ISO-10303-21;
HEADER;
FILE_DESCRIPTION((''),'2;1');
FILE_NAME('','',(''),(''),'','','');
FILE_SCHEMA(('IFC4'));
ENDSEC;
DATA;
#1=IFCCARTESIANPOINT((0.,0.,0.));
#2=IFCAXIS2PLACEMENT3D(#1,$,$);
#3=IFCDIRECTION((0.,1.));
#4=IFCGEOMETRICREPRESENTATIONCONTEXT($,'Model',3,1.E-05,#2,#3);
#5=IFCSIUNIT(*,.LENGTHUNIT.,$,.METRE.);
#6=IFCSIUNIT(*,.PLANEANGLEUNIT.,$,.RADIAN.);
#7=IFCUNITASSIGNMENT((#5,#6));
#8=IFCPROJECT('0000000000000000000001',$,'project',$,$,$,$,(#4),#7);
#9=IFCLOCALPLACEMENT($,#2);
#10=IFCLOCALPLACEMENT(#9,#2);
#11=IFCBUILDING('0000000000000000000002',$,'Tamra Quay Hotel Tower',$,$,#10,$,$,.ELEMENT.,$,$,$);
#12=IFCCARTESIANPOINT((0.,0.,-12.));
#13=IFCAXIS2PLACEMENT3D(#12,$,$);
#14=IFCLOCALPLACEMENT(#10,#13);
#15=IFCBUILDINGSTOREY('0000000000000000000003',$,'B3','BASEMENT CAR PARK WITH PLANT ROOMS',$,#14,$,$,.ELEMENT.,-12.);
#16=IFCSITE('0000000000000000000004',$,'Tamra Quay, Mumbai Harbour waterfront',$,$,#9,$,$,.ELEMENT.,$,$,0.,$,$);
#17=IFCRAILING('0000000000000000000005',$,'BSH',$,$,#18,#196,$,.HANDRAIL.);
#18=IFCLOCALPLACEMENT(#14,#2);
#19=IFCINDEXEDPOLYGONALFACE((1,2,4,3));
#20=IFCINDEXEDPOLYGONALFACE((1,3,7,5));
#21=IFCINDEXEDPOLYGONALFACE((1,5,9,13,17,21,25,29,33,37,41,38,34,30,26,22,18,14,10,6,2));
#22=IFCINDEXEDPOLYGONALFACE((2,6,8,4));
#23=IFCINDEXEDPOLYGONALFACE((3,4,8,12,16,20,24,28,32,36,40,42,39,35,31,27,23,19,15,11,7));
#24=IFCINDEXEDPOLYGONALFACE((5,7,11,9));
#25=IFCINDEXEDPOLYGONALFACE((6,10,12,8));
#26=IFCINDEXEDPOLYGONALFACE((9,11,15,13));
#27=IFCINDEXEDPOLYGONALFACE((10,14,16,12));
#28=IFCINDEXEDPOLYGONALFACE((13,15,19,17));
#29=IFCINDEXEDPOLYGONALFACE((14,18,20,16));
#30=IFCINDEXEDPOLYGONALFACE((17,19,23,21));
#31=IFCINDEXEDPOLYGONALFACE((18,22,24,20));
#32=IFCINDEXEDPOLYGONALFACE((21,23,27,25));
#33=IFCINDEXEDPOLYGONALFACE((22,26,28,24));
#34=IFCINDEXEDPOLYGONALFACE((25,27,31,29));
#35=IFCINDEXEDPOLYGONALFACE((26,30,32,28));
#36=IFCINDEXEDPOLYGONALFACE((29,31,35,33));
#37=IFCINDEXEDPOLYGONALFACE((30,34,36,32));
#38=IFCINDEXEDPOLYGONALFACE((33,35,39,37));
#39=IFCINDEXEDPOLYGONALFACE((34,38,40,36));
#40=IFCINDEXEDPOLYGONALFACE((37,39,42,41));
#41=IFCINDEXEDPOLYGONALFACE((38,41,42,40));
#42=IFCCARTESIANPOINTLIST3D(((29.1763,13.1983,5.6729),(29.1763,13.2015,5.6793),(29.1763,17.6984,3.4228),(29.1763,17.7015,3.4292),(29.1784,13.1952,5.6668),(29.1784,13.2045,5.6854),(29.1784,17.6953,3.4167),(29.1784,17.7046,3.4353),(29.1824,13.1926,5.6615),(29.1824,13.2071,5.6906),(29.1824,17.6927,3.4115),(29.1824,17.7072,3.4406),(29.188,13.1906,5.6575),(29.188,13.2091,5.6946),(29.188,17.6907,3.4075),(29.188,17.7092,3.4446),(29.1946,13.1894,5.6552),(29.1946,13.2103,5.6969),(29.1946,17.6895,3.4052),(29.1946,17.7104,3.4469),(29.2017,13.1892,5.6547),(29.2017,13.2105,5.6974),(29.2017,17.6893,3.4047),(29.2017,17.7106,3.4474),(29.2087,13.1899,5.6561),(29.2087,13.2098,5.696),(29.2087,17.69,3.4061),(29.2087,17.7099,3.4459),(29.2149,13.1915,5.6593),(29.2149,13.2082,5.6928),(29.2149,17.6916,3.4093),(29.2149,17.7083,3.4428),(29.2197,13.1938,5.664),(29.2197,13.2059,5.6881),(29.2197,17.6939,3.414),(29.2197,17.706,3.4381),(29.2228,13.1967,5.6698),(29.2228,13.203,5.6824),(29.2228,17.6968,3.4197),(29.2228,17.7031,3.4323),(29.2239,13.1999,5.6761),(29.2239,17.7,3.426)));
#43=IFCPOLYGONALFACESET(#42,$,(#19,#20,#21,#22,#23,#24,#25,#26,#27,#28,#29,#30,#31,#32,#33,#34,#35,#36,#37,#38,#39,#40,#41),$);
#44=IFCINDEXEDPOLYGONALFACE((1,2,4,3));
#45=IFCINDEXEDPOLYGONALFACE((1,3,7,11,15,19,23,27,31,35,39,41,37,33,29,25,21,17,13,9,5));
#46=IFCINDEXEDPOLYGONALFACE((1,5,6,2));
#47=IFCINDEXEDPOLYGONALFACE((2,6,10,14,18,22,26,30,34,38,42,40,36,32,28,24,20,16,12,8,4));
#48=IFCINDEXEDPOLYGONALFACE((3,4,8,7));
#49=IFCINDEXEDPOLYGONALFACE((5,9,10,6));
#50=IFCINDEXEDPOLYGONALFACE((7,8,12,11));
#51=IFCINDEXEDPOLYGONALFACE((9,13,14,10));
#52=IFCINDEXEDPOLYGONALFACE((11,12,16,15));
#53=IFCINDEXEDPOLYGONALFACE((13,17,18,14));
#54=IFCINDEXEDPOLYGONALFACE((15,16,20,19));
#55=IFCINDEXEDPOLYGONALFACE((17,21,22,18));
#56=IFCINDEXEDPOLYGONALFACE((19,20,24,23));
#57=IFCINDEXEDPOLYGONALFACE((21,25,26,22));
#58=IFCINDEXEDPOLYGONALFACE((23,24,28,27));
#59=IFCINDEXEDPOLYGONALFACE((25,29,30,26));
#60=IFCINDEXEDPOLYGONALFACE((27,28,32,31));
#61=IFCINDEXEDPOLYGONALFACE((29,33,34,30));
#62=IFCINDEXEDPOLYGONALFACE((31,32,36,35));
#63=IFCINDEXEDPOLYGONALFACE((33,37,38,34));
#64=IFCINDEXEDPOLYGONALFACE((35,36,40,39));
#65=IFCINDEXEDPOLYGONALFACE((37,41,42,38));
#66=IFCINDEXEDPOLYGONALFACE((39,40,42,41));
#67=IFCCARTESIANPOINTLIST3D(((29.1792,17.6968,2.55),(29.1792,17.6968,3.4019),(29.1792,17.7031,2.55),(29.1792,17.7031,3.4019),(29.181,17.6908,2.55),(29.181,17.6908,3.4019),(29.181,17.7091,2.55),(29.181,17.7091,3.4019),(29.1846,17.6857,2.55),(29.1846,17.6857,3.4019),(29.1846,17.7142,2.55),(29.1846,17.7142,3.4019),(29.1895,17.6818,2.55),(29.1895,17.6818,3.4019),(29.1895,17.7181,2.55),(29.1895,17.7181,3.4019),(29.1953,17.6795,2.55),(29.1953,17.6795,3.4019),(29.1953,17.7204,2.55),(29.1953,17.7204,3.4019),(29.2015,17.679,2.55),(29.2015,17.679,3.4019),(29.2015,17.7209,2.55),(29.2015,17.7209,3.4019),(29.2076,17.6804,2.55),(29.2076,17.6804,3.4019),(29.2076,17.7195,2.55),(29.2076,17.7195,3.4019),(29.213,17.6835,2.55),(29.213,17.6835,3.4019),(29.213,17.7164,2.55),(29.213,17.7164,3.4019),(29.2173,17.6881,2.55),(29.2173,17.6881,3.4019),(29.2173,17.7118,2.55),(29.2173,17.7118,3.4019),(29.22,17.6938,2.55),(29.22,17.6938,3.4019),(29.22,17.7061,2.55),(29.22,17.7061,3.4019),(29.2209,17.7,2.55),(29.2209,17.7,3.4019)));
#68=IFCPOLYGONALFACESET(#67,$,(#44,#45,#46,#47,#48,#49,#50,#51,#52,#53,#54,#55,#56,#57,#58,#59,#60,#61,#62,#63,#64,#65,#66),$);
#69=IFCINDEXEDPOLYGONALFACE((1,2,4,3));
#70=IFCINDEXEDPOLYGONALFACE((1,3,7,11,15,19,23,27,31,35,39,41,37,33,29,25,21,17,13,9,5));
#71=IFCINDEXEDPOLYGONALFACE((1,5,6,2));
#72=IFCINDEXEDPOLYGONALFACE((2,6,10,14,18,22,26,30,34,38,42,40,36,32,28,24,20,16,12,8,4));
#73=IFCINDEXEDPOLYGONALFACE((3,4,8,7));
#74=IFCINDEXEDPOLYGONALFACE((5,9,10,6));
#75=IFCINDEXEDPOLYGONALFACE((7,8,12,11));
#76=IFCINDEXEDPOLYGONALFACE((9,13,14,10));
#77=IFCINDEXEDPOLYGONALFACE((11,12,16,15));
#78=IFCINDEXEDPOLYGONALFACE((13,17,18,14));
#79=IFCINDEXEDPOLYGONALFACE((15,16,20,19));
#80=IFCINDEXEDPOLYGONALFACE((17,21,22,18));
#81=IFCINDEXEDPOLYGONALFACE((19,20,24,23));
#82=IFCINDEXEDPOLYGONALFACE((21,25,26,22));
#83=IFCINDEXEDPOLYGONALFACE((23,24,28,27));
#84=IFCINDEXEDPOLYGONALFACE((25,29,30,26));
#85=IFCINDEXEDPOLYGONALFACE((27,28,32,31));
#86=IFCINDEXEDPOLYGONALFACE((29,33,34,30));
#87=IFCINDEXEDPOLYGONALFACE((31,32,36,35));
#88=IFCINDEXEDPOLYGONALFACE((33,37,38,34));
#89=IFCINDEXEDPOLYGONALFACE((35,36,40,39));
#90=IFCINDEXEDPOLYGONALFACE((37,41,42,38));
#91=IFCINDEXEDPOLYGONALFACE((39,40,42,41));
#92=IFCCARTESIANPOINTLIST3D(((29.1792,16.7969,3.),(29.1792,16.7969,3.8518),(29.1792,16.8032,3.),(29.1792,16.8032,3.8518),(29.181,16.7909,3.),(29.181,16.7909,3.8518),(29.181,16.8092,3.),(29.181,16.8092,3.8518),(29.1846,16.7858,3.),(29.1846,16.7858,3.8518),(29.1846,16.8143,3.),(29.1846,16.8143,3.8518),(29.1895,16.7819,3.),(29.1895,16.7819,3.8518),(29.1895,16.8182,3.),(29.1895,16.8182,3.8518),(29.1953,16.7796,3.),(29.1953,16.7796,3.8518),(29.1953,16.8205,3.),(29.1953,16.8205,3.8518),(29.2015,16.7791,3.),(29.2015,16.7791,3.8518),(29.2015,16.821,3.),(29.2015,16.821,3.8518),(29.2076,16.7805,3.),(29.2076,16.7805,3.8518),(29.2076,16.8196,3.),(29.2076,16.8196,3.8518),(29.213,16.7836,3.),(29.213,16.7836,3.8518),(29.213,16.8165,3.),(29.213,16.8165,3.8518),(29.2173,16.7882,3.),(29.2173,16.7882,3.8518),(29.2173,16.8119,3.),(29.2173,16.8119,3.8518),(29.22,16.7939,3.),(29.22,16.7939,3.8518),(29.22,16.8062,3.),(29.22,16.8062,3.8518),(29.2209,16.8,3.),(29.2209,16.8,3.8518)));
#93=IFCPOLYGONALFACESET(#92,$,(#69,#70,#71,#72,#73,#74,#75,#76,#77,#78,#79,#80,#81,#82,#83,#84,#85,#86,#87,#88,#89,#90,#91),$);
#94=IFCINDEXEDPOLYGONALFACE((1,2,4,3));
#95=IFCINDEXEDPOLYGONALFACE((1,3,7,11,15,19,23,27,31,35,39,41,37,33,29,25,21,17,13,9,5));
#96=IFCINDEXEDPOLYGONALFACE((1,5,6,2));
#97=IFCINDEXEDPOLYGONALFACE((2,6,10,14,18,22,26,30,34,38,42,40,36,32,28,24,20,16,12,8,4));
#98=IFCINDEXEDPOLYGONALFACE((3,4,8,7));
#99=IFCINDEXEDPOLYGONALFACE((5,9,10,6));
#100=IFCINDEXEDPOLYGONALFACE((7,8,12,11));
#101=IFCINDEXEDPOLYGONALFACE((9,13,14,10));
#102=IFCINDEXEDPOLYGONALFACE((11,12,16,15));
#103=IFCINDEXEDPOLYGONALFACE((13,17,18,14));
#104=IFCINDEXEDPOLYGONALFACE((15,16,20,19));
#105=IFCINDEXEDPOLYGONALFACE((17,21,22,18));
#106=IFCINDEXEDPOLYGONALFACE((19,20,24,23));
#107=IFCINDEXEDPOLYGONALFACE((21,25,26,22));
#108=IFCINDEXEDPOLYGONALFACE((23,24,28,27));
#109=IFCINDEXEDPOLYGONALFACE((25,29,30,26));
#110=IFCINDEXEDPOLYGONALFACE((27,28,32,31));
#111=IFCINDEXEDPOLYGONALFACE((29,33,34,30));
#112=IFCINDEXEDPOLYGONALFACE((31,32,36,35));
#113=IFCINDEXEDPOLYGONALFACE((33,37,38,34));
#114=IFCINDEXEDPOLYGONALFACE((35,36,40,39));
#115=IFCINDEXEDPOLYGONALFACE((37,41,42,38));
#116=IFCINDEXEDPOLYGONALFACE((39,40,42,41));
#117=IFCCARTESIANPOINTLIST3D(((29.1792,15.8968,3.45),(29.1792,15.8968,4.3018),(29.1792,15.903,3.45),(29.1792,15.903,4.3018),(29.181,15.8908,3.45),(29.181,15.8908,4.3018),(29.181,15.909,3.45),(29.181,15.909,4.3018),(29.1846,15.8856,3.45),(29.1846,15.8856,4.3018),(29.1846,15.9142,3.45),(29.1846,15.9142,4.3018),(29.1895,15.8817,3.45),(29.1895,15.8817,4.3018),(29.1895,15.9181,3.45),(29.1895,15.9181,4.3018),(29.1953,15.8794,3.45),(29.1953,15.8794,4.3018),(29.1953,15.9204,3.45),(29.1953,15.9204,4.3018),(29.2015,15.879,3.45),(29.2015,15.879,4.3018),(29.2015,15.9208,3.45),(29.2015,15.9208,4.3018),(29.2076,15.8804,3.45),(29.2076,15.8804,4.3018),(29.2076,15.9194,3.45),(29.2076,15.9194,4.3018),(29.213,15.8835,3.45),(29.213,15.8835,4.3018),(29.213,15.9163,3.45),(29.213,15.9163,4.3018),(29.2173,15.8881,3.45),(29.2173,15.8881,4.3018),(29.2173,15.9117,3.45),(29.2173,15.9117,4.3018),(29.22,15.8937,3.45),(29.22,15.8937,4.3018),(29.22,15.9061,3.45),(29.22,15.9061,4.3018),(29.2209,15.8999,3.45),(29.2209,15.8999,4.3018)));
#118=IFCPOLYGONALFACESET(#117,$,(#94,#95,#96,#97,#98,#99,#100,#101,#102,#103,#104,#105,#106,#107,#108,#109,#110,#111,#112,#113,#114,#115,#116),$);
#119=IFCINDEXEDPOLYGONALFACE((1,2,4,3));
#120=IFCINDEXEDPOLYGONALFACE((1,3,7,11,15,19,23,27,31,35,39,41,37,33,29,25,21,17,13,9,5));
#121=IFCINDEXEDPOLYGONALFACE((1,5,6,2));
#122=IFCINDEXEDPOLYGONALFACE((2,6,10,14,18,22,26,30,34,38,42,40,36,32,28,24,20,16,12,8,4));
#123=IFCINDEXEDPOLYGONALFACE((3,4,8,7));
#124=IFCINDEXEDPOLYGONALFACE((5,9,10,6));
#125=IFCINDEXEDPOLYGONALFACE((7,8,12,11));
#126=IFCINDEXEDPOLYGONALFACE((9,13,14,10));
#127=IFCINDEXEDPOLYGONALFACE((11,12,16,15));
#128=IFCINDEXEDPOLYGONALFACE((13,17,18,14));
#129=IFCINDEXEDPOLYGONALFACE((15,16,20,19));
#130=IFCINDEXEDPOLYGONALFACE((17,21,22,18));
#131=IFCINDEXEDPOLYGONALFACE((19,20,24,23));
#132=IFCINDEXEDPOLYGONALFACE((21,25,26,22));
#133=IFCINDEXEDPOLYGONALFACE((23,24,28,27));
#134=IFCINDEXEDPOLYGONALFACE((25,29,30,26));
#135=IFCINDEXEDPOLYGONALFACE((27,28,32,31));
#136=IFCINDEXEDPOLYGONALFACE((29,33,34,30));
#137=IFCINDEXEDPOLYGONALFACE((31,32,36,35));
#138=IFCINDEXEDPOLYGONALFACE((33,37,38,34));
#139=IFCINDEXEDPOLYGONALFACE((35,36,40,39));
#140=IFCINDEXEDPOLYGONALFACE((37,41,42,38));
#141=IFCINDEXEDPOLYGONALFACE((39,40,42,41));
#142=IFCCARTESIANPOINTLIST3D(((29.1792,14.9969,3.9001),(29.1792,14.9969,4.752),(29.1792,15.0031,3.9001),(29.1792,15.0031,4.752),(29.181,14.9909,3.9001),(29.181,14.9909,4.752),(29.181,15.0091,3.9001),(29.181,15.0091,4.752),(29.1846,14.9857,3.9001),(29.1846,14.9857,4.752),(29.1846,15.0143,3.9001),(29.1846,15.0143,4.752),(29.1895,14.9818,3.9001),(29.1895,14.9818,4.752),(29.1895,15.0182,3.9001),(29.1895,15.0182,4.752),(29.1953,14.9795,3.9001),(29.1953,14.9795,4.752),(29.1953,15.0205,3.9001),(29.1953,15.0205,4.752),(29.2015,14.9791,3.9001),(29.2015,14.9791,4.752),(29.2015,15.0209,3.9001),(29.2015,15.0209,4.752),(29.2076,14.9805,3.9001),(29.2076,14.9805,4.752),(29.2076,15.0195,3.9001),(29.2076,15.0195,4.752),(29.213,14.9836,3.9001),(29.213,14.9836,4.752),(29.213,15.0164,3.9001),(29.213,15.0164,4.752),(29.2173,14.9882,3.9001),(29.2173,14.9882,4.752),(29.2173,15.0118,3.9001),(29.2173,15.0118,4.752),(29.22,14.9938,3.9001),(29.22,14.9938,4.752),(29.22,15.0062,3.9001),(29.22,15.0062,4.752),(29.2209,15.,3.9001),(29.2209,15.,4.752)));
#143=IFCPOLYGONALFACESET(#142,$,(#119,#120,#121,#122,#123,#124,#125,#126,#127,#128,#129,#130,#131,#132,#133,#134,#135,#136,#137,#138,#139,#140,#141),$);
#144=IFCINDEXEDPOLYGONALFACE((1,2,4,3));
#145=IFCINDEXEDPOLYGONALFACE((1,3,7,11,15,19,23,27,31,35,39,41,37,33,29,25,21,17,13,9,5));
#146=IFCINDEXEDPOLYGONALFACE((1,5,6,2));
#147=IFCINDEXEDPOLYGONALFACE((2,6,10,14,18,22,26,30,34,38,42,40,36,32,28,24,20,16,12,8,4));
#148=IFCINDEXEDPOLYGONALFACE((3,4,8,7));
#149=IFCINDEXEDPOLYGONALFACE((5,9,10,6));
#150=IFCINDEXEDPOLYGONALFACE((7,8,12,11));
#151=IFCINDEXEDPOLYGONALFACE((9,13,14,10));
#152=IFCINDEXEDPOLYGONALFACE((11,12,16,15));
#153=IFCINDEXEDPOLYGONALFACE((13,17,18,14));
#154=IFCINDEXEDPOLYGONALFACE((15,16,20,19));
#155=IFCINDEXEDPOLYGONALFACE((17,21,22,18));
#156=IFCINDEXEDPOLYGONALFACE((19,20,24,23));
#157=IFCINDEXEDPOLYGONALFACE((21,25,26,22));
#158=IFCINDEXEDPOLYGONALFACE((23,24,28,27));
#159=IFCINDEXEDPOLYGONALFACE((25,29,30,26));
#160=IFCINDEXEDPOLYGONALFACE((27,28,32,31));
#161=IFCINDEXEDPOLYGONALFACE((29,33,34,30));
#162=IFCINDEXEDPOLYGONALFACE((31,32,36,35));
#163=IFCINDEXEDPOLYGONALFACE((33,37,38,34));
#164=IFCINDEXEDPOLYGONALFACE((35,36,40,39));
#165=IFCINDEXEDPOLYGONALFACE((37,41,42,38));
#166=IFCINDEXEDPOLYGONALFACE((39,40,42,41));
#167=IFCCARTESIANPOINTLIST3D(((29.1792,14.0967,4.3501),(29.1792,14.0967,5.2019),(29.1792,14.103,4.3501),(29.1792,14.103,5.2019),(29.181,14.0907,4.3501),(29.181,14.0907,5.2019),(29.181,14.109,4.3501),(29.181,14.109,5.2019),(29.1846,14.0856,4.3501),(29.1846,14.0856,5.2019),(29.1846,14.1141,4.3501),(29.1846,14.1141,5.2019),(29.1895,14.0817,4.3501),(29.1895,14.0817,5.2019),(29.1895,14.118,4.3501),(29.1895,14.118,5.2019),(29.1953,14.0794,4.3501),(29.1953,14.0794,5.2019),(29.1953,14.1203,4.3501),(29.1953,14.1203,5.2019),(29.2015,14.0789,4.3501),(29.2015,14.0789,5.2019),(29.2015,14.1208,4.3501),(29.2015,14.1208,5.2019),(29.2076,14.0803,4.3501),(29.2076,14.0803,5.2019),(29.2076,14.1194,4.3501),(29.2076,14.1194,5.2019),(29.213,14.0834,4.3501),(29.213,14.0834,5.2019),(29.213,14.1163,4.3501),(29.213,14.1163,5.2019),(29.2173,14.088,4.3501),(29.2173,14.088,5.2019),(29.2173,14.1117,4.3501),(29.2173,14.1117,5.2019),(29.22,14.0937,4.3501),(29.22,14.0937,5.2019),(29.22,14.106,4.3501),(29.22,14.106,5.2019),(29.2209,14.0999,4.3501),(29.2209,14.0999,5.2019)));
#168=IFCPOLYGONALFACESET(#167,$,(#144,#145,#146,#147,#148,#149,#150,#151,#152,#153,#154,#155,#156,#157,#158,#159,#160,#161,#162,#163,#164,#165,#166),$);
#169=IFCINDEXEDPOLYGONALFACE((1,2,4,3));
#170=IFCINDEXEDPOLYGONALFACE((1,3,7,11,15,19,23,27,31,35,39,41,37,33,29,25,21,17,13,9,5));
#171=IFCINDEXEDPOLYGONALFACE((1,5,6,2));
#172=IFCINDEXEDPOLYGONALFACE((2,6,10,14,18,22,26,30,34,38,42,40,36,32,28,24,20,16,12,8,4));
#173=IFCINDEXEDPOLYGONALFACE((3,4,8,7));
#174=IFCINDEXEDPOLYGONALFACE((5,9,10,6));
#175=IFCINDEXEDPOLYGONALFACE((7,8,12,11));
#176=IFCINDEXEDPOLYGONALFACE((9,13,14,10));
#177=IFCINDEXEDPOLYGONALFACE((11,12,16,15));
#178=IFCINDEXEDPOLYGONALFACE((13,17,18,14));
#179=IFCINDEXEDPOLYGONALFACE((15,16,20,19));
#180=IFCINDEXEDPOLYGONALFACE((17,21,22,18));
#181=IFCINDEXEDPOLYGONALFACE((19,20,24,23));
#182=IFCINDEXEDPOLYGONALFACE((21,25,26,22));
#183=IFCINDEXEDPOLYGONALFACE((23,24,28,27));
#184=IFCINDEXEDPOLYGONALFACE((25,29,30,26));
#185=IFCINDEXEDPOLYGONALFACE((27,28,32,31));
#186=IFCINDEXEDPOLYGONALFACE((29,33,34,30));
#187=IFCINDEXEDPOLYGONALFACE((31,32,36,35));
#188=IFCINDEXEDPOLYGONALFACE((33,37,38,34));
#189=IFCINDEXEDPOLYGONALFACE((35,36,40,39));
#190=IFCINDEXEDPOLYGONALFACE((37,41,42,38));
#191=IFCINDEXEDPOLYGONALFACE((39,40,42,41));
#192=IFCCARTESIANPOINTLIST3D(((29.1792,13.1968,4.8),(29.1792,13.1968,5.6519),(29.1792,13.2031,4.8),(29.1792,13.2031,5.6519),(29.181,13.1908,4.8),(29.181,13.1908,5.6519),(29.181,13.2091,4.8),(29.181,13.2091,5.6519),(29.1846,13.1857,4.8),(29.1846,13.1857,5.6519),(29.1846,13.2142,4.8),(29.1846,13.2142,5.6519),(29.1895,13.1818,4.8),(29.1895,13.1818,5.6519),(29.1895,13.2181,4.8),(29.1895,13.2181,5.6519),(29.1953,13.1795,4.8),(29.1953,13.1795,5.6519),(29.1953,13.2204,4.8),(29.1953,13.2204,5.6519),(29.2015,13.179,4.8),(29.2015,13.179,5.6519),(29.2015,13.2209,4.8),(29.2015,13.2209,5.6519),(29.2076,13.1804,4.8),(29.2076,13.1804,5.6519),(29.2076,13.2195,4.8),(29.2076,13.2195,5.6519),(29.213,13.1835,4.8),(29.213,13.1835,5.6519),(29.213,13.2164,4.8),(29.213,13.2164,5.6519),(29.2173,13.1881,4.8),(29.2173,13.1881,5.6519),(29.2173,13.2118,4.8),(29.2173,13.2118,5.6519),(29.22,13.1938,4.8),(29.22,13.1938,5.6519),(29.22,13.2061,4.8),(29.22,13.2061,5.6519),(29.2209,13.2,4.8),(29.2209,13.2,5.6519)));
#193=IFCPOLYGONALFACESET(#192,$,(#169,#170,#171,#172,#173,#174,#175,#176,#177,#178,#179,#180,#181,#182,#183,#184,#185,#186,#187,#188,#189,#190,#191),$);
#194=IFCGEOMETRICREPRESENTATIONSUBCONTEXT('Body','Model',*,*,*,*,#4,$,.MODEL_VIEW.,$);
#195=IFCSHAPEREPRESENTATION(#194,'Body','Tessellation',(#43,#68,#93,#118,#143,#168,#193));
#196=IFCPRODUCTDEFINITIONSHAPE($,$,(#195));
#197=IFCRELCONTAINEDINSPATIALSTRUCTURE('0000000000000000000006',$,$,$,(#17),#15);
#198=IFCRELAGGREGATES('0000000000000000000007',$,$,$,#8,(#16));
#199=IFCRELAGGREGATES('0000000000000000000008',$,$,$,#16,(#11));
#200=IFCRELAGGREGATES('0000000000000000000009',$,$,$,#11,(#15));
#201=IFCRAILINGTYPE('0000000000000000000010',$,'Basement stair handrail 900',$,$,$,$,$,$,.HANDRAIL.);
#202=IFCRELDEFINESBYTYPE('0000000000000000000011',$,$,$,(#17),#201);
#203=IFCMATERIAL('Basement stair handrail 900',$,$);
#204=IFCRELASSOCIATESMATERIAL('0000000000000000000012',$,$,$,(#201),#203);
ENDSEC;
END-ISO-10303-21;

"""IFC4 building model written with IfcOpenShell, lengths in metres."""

from ifc_helpers import new_model, si_unit, direction, frame, origin, origin_2d, place, context, subcontext, project, spatial, circle, extrude, material, type_object, element, save


model = new_model("IFC4")

# Units and contexts
model_context = context("Model", 3, precision=1e-05, world=origin(), true_north=direction((0.0, 1.0)))
body_context = subcontext(model_context, "Body", "Model", "MODEL_VIEW")
ifc_project = project(units=[si_unit("LENGTHUNIT", "METRE"), si_unit("PLANEANGLEUNIT", "RADIAN")], contexts=[model_context])

# Site, building, storey
site_placement = place(None, origin())
site = spatial("IfcSite", under=ifc_project, at=site_placement, Name="Tamra Quay, Mumbai Harbour waterfront", CompositionType="ELEMENT", RefElevation=0.0)
building_placement = place(site_placement, origin())
building = spatial("IfcBuilding", under=site, at=building_placement, Name="Tamra Quay Hotel Tower", CompositionType="ELEMENT")
storey_placement = place(building_placement, frame((0.0, 0.0, -12.0)))
storey = spatial("IfcBuildingStorey", under=building, at=storey_placement, Name="B3", Description="BASEMENT CAR PARK WITH PLANT ROOMS", CompositionType="ELEMENT", Elevation=-12.0)

# Railing
ifc_material_1 = material(Name="Basement stair handrail 900")
railing_type_1 = type_object("IfcRailingType", Name="Basement stair handrail 900", PredefinedType="HANDRAIL", material=ifc_material_1)
railing_1_placement = place(storey_placement, frame((29.2, 17.7, 2.55)))
element("IfcRailing", 1, at=railing_1_placement, inside=storey, type_object=railing_type_1, Name="BSH", PredefinedType="HANDRAIL", context=body_context, shape_type="SweptSolid", body=[
    extrude(circle(Radius=0.0239, at=origin_2d()), frame((0.0, 0.0, 0.876), z_axis=(0.0, -0.894427, 0.447214), x_axis=(1.0, 0.0, 0.0)), (0.0, 0.0, 1.0), 5.0312),
    extrude(circle(Radius=0.021, at=origin_2d()), origin(), (0.0, 0.0, 1.0), 0.8518),
    extrude(circle(Radius=0.021, at=origin_2d()), frame((0.0, -0.8999, 0.45)), (0.0, 0.0, 1.0), 0.8518),
    extrude(circle(Radius=0.021, at=origin_2d()), frame((0.0, -1.8, 0.8999)), (0.0, 0.0, 1.0), 0.8518),
    extrude(circle(Radius=0.021, at=origin_2d()), frame((0.0, -2.7, 1.3501)), (0.0, 0.0, 1.0), 0.8518),
    extrude(circle(Radius=0.021, at=origin_2d()), frame((0.0, -3.6001, 1.8)), (0.0, 0.0, 1.0), 0.8518),
    extrude(circle(Radius=0.021, at=origin_2d()), frame((0.0, -4.5, 2.25)), (0.0, 0.0, 1.0), 0.8518),
])

save(model, "model.ifc")
